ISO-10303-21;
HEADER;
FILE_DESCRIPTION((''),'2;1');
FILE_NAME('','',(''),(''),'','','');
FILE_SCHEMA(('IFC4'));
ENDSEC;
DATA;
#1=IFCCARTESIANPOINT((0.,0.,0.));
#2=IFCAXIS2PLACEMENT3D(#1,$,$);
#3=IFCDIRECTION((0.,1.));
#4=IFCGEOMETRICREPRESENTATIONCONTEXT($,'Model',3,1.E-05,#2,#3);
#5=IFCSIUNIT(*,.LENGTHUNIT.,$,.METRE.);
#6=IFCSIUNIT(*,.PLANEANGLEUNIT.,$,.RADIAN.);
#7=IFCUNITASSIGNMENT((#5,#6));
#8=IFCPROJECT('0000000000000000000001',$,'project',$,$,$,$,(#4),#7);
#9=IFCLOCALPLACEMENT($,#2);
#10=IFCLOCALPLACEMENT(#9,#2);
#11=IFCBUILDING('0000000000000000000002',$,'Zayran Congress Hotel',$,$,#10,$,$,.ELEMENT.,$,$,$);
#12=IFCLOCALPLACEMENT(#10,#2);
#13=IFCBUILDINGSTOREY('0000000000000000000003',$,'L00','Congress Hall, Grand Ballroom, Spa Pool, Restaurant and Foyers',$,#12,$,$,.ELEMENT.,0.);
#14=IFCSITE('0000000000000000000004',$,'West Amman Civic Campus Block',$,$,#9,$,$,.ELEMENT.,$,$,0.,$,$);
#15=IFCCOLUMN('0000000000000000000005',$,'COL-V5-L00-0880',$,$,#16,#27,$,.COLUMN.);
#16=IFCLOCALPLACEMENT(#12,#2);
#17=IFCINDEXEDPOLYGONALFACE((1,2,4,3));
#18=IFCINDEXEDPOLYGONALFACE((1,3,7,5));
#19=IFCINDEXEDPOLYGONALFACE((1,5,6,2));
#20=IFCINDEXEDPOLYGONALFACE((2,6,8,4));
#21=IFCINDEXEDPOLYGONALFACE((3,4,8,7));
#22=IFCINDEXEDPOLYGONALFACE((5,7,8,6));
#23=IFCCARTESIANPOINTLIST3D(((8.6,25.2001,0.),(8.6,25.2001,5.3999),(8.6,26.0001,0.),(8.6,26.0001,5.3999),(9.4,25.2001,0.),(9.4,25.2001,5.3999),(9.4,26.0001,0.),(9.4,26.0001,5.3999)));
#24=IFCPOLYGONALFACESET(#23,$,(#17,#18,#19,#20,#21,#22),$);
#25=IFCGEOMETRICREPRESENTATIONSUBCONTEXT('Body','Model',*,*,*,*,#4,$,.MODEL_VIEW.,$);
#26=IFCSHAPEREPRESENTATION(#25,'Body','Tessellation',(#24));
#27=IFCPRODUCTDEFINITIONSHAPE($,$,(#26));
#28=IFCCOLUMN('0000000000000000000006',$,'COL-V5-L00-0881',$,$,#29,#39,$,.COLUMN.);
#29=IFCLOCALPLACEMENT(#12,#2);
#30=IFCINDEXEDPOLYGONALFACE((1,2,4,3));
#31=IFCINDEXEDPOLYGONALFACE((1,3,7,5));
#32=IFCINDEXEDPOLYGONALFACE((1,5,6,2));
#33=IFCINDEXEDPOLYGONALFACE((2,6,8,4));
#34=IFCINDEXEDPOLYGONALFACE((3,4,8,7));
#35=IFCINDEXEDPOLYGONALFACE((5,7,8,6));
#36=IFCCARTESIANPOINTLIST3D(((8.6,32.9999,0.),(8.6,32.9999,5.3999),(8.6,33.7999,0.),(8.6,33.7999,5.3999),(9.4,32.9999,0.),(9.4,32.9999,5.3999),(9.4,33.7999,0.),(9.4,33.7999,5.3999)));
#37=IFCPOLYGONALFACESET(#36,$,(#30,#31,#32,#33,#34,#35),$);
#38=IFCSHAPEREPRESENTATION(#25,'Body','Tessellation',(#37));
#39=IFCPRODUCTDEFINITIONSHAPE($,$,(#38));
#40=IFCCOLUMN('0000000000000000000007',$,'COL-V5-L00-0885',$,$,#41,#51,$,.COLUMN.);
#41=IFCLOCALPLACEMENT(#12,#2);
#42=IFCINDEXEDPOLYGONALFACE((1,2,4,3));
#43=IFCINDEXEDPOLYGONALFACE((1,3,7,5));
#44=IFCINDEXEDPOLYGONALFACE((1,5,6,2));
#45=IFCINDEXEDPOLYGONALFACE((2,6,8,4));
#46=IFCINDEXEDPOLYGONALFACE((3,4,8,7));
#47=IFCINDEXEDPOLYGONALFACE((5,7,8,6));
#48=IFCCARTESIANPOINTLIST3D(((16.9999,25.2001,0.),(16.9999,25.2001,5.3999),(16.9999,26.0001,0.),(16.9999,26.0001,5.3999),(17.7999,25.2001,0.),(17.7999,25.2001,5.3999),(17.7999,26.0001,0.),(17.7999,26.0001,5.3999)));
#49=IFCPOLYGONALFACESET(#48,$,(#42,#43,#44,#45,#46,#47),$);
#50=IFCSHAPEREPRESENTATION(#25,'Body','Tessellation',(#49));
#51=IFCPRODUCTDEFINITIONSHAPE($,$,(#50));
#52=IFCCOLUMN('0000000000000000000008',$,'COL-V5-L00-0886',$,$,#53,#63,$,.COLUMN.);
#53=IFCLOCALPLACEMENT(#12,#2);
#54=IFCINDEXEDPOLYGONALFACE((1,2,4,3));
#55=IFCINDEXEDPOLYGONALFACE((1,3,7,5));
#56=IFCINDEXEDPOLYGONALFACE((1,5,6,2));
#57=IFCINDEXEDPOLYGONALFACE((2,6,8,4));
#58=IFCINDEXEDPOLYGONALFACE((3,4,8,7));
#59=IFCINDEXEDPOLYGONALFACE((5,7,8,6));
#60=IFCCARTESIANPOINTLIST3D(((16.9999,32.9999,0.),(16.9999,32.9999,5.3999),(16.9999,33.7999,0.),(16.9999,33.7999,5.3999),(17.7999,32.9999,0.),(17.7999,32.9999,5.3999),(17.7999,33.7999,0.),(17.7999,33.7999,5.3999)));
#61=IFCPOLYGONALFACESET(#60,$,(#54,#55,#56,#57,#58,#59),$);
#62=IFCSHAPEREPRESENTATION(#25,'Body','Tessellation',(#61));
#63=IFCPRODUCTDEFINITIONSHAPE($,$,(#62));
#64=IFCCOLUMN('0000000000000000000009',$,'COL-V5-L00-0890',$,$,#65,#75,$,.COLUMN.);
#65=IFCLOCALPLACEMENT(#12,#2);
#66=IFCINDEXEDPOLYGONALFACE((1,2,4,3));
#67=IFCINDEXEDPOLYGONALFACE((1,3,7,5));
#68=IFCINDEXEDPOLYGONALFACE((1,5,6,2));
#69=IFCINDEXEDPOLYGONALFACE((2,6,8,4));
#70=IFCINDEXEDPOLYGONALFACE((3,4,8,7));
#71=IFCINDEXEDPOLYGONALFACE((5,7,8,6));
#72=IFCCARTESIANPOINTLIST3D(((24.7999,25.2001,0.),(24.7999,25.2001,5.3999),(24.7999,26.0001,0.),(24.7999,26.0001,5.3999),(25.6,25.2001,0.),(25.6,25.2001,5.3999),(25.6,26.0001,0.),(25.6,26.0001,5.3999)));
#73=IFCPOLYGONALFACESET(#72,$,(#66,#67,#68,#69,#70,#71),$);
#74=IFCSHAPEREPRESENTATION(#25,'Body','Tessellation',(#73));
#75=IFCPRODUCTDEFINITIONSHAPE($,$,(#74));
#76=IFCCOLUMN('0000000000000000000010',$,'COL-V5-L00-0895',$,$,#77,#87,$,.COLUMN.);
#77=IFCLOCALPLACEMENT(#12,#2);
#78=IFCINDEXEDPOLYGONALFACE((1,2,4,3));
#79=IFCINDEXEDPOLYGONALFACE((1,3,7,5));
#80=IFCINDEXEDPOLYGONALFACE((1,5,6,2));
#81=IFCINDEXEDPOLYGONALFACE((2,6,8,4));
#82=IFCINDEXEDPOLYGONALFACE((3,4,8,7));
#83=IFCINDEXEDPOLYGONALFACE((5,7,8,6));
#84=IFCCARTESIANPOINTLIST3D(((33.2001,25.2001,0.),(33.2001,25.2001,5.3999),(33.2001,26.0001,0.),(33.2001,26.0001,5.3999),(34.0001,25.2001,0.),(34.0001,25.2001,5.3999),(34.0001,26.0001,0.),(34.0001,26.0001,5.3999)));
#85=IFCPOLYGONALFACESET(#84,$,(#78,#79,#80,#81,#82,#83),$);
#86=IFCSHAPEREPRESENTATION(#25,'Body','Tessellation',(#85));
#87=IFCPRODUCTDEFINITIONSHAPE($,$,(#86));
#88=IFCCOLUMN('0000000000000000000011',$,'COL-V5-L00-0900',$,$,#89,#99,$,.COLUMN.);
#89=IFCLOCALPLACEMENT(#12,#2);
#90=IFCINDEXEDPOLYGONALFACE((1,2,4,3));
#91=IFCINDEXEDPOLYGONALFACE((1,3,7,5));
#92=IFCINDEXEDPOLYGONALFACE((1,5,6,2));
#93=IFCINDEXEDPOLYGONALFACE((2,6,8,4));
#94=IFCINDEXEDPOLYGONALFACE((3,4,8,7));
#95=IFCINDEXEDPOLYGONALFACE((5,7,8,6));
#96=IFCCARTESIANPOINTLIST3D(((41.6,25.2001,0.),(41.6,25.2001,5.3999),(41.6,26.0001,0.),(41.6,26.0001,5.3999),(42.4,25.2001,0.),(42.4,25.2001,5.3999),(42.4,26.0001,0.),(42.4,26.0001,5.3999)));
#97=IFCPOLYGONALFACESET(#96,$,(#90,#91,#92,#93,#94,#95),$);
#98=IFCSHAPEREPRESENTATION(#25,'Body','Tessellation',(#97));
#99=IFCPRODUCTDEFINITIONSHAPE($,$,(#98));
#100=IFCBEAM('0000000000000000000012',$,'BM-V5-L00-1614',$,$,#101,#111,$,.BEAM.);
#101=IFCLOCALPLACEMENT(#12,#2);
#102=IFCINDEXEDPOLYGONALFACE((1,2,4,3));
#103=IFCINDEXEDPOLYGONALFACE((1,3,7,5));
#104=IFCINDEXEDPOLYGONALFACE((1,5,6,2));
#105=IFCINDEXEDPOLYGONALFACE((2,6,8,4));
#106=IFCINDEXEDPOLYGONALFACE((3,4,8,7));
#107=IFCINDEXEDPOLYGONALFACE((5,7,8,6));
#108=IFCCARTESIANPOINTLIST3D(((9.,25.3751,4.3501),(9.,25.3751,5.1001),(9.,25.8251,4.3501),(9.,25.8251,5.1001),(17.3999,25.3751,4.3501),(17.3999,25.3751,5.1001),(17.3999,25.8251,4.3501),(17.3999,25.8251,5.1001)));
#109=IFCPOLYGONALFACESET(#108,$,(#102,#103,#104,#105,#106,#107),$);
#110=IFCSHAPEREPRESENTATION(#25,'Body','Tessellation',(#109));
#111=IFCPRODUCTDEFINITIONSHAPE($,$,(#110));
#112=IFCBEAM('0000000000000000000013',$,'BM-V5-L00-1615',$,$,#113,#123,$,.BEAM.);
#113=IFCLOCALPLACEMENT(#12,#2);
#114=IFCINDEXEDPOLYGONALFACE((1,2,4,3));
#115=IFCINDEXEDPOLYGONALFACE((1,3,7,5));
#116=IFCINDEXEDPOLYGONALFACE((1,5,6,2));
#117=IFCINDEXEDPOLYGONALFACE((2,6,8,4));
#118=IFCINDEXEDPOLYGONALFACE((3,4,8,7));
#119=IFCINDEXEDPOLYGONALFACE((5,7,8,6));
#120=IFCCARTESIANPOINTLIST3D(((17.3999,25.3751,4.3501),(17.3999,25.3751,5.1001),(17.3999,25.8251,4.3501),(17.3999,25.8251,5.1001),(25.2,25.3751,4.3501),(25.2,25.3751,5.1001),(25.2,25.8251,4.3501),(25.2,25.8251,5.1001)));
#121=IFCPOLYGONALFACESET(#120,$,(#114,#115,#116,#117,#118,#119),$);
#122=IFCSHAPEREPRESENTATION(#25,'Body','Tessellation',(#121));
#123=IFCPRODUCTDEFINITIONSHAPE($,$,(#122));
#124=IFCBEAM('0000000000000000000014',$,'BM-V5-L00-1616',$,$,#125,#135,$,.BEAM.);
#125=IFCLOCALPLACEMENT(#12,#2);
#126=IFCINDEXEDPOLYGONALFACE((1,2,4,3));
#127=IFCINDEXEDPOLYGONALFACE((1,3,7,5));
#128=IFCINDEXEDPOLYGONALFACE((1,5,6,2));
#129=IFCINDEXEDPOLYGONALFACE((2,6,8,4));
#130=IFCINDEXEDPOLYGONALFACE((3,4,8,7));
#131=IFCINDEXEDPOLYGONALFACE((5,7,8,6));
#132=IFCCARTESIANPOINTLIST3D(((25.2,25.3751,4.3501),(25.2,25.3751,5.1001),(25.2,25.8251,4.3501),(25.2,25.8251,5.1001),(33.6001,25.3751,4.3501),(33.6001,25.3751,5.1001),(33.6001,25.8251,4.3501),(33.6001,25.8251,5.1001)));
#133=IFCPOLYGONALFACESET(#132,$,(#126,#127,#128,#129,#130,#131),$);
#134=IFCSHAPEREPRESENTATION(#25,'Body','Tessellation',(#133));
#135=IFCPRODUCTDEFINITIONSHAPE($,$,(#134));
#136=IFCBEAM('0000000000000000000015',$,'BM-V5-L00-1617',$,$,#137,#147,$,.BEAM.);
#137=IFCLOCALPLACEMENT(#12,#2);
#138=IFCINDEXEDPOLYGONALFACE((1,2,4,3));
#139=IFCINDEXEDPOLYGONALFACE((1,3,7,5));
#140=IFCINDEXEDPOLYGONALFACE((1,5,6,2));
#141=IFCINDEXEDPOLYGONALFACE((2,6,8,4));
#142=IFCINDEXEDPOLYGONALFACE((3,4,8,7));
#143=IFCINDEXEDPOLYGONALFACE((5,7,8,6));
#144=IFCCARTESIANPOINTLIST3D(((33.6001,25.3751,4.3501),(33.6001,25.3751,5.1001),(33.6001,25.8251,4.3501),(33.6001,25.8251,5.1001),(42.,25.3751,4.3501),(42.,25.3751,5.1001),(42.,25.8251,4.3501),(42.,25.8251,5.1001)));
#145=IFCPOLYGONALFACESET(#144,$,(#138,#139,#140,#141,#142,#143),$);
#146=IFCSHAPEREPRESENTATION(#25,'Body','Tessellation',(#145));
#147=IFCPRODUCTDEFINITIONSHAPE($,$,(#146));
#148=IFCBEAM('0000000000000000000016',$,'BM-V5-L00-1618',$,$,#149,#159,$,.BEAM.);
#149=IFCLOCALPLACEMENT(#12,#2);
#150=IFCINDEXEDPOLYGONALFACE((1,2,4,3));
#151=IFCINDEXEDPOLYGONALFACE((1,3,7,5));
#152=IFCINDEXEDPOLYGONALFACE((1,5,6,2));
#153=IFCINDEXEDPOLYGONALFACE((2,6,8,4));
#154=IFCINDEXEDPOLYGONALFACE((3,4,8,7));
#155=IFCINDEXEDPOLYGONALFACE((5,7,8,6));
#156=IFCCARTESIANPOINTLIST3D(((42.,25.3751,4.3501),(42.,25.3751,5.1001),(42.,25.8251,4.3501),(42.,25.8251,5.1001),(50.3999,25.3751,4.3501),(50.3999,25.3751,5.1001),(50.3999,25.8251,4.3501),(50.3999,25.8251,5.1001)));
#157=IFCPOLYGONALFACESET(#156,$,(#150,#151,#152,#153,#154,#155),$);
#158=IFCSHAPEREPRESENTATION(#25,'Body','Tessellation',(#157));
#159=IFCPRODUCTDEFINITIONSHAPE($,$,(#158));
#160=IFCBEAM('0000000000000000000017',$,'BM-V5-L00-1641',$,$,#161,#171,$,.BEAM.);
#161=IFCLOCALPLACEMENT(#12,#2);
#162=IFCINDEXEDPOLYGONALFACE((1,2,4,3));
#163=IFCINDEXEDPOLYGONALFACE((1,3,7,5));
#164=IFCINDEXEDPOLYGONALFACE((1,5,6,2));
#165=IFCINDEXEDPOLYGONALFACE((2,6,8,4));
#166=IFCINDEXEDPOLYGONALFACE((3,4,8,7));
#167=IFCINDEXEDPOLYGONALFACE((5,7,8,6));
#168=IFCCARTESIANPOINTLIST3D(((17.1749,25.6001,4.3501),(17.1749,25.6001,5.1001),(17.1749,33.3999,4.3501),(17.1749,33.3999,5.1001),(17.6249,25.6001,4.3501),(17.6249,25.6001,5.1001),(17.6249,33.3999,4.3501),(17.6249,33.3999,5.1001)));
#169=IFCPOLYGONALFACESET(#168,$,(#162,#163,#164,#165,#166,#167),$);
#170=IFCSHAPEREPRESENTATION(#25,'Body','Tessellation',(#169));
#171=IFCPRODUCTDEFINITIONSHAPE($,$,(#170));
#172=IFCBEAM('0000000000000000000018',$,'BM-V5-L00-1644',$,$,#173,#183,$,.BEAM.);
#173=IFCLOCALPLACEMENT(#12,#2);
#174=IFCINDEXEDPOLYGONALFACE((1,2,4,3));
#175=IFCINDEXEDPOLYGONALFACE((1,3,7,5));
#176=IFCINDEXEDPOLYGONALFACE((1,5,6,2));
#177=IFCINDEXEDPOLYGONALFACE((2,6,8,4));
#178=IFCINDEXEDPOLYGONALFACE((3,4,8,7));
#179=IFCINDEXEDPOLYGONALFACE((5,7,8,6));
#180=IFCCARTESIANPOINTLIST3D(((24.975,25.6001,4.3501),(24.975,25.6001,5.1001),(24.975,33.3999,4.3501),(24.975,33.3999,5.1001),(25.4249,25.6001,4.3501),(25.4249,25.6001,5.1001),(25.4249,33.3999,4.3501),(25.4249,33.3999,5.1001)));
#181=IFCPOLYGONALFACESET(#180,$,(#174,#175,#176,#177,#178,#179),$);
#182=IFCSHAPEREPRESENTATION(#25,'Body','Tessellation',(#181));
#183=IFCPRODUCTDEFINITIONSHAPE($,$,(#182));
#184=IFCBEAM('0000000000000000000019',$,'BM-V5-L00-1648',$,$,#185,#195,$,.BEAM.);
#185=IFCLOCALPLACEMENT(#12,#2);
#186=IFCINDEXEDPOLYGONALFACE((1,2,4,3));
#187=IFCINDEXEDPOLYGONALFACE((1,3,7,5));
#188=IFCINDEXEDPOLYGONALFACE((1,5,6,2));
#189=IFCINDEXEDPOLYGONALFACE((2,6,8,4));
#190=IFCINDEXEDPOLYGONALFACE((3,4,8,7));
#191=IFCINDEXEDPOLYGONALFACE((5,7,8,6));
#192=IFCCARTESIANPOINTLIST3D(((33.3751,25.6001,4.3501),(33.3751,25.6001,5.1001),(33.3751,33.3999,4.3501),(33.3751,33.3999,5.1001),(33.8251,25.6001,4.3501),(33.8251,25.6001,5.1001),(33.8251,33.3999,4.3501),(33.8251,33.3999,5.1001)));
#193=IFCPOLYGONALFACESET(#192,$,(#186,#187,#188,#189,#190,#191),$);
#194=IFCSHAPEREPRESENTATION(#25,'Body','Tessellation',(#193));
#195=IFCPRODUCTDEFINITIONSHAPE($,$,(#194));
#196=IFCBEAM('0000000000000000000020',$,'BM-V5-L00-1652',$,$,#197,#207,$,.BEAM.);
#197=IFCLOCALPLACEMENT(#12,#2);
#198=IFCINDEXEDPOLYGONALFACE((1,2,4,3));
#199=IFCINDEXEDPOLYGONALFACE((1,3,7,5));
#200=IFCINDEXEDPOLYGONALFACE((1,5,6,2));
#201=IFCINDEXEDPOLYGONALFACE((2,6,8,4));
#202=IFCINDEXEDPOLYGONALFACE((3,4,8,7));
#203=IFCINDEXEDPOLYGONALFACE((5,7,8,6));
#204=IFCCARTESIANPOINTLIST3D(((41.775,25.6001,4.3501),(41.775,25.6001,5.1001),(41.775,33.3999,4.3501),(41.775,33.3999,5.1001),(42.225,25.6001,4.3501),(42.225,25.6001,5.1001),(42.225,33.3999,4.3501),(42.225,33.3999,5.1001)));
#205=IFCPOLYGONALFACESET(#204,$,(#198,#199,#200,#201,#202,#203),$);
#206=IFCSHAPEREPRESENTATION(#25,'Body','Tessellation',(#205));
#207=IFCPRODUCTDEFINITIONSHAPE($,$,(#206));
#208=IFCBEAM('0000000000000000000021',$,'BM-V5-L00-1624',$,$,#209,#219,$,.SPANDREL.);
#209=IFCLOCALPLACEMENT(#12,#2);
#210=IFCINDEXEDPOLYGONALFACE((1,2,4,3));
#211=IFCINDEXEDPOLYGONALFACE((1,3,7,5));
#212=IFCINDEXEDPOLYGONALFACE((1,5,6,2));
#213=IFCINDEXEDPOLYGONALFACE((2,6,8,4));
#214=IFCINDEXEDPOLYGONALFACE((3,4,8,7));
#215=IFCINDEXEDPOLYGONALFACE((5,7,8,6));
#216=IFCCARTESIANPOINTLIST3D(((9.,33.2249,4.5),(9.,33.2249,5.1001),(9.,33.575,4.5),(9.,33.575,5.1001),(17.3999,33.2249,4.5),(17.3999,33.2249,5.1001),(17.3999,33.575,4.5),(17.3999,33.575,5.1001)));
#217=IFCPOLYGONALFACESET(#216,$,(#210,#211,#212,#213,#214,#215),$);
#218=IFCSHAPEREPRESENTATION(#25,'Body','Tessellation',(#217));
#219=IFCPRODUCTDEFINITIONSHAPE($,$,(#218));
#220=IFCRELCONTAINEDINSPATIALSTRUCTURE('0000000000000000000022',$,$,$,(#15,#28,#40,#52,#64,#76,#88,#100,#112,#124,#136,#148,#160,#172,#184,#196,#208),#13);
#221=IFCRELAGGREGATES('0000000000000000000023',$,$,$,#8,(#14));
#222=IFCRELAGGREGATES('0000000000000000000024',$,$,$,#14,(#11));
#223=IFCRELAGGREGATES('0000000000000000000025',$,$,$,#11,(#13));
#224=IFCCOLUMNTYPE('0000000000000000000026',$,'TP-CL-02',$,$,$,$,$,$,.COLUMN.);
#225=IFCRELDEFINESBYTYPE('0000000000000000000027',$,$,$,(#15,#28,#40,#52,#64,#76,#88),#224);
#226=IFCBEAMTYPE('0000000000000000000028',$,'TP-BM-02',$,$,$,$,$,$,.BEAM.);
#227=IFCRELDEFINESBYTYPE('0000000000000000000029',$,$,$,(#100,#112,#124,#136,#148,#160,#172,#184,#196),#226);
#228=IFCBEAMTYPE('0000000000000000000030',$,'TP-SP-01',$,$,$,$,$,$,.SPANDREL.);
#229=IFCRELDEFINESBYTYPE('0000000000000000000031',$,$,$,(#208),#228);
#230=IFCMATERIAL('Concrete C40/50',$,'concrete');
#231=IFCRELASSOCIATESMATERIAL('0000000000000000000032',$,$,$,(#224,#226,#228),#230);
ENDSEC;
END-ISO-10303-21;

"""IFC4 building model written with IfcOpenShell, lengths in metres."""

from ifc_helpers import new_model, si_unit, direction, frame, origin, origin_2d, place, context, subcontext, project, spatial, rectangle, extrude, material, material_profile, profile_set, type_object, element, save


model = new_model("IFC4")

# Units and contexts
model_context = context("Model", 3, precision=1e-05, world=origin(), true_north=direction((0.0, 1.0)))
body_context = subcontext(model_context, "Body", "Model", "MODEL_VIEW")
ifc_project = project(units=[si_unit("LENGTHUNIT", "METRE"), si_unit("PLANEANGLEUNIT", "RADIAN")], contexts=[model_context])

# Site, building, storey
site_placement = place(None, origin())
site = spatial("IfcSite", under=ifc_project, at=site_placement, Name="West Amman Civic Campus Block", CompositionType="ELEMENT", RefElevation=0.0)
building_placement = place(site_placement, origin())
building = spatial("IfcBuilding", under=site, at=building_placement, Name="Zayran Congress Hotel", CompositionType="ELEMENT")
storey_placement = place(building_placement, origin())
storey = spatial("IfcBuildingStorey", under=building, at=storey_placement, Name="L00", Description="Congress Hall, Grand Ballroom, Spa Pool, Restaurant and Foyers", CompositionType="ELEMENT", Elevation=0.0)

# Columns
ifc_material_1 = material(Name="Concrete C40/50", Category="concrete")
ifc_material_profile_1 = material_profile(ifc_material_1, rectangle(XDim=0.8, YDim=0.8, at=origin_2d()), Name="RC 800x800")
ifc_profile_set_1 = profile_set([ifc_material_profile_1], Name="Concrete C40/50")
column_type = type_object("IfcColumnType", Name="TP-CL-02", PredefinedType="COLUMN", material=ifc_profile_set_1)
for number, where, z_axis, x_axis, name in (
    (1, (9.0, 25.6001, 0.0), (0.0, 0.0, 1.0), (1.0, 0.0, 0.0), "COL-V5-L00-0880"),
    (2, (9.0, 33.3999, 0.0), (0.0, 0.0, 1.0), (1.0, 0.0, 0.0), "COL-V5-L00-0881"),
    (3, (17.3999, 25.6001, 0.0), (0.0, 0.0, 1.0), (1.0, 0.0, 0.0), "COL-V5-L00-0885"),
    (4, (17.3999, 33.3999, 0.0), (0.0, 0.0, 1.0), (1.0, 0.0, 0.0), "COL-V5-L00-0886"),
    (5, (25.2, 25.6001, 0.0), (0.0, 0.0, 1.0), (1.0, 0.0, 0.0), "COL-V5-L00-0890"),
    (6, (33.6001, 25.6001, 0.0), (0.0, 0.0, 1.0), (1.0, 0.0, 0.0), "COL-V5-L00-0895"),
    (7, (42.0, 25.6001, 0.0), (0.0, 0.0, 1.0), (1.0, 0.0, 0.0), "COL-V5-L00-0900"),
):
    element("IfcColumn", number, at=place(storey_placement, frame(where, z_axis=z_axis, x_axis=x_axis)), inside=storey, type_object=column_type, Name=name, PredefinedType="COLUMN", context=body_context, shape_type="SweptSolid", body=[
        extrude(rectangle(XDim=0.8, YDim=0.8, at=origin_2d()), origin(), (0.0, 0.0, 1.0), 5.3999),
    ])

# Beams
ifc_material_profile_2 = material_profile(ifc_material_1, rectangle(XDim=0.45, YDim=0.75, at=origin_2d()), Name="RC 450x750")
ifc_profile_set_2 = profile_set([ifc_material_profile_2], Name="Concrete C40/50")
beam_type_1 = type_object("IfcBeamType", Name="TP-BM-02", PredefinedType="BEAM", material=ifc_profile_set_2)
beam_1_placement = place(storey_placement, frame((9.0, 25.6001, 4.7251), z_axis=(1.0, 0.0, 0.0), x_axis=(0.0, 1.0, 0.0)))
element("IfcBeam", 8, at=beam_1_placement, inside=storey, type_object=beam_type_1, Name="BM-V5-L00-1614", PredefinedType="BEAM", context=body_context, shape_type="SweptSolid", body=[
    extrude(rectangle(XDim=0.45, YDim=0.75, at=origin_2d()), origin(), (0.0, 0.0, 1.0), 8.3999),
])
beam_2_placement = place(storey_placement, frame((17.3999, 25.6001, 4.7251), z_axis=(1.0, 0.0, 0.0), x_axis=(0.0, 1.0, 0.0)))
element("IfcBeam", 9, at=beam_2_placement, inside=storey, type_object=beam_type_1, Name="BM-V5-L00-1615", PredefinedType="BEAM", context=body_context, shape_type="SweptSolid", body=[
    extrude(rectangle(XDim=0.45, YDim=0.75, at=origin_2d()), origin(), (0.0, 0.0, 1.0), 7.8),
])
beam_3_placement = place(storey_placement, frame((25.2, 25.6001, 4.7251), z_axis=(1.0, 0.0, 0.0), x_axis=(0.0, 1.0, 0.0)))
element("IfcBeam", 10, at=beam_3_placement, inside=storey, type_object=beam_type_1, Name="BM-V5-L00-1616", PredefinedType="BEAM", context=body_context, shape_type="SweptSolid", body=[
    extrude(rectangle(XDim=0.45, YDim=0.75, at=origin_2d()), origin(), (0.0, 0.0, 1.0), 8.4001),
])
for number, where, z_axis, x_axis, name in (
    (11, (33.6001, 25.6001, 4.7251), (1.0, 0.0, 0.0), (0.0, 1.0, 0.0), "BM-V5-L00-1617"),
    (12, (42.0, 25.6001, 4.7251), (1.0, 0.0, 0.0), (0.0, 1.0, 0.0), "BM-V5-L00-1618"),
):
    element("IfcBeam", number, at=place(storey_placement, frame(where, z_axis=z_axis, x_axis=x_axis)), inside=storey, type_object=beam_type_1, Name=name, PredefinedType="BEAM", context=body_context, shape_type="SweptSolid", body=[
        extrude(rectangle(XDim=0.45, YDim=0.75, at=origin_2d()), origin(), (0.0, 0.0, 1.0), 8.3999),
    ])
for number, where, z_axis, x_axis, name in (
    (13, (17.3999, 25.6001, 4.7251), (0.0, 1.0, 0.0), (-1.0, 0.0, 0.0), "BM-V5-L00-1641"),
    (14, (25.2, 25.6001, 4.7251), (0.0, 1.0, 0.0), (-1.0, 0.0, 0.0), "BM-V5-L00-1644"),
    (15, (33.6001, 25.6001, 4.7251), (0.0, 1.0, 0.0), (-1.0, 0.0, 0.0), "BM-V5-L00-1648"),
    (16, (42.0, 25.6001, 4.7251), (0.0, 1.0, 0.0), (-1.0, 0.0, 0.0), "BM-V5-L00-1652"),
):
    element("IfcBeam", number, at=place(storey_placement, frame(where, z_axis=z_axis, x_axis=x_axis)), inside=storey, type_object=beam_type_1, Name=name, PredefinedType="BEAM", context=body_context, shape_type="SweptSolid", body=[
        extrude(rectangle(XDim=0.45, YDim=0.75, at=origin_2d()), origin(), (0.0, 0.0, 1.0), 7.7998),
    ])
ifc_material_profile_3 = material_profile(ifc_material_1, rectangle(XDim=0.3501, YDim=0.6001, at=origin_2d()), Name="RC 350x600")
ifc_profile_set_3 = profile_set([ifc_material_profile_3], Name="Concrete C40/50")
beam_type_2 = type_object("IfcBeamType", Name="TP-SP-01", PredefinedType="SPANDREL", material=ifc_profile_set_3)
beam_4_placement = place(storey_placement, frame((9.0, 33.3999, 4.8), z_axis=(1.0, 0.0, 0.0), x_axis=(0.0, 1.0, 0.0)))
element("IfcBeam", 17, at=beam_4_placement, inside=storey, type_object=beam_type_2, Name="BM-V5-L00-1624", PredefinedType="SPANDREL", context=body_context, shape_type="SweptSolid", body=[
    extrude(rectangle(XDim=0.3501, YDim=0.6001, at=origin_2d()), origin(), (0.0, 0.0, 1.0), 8.3999),
])

save(model, "model.ifc")
